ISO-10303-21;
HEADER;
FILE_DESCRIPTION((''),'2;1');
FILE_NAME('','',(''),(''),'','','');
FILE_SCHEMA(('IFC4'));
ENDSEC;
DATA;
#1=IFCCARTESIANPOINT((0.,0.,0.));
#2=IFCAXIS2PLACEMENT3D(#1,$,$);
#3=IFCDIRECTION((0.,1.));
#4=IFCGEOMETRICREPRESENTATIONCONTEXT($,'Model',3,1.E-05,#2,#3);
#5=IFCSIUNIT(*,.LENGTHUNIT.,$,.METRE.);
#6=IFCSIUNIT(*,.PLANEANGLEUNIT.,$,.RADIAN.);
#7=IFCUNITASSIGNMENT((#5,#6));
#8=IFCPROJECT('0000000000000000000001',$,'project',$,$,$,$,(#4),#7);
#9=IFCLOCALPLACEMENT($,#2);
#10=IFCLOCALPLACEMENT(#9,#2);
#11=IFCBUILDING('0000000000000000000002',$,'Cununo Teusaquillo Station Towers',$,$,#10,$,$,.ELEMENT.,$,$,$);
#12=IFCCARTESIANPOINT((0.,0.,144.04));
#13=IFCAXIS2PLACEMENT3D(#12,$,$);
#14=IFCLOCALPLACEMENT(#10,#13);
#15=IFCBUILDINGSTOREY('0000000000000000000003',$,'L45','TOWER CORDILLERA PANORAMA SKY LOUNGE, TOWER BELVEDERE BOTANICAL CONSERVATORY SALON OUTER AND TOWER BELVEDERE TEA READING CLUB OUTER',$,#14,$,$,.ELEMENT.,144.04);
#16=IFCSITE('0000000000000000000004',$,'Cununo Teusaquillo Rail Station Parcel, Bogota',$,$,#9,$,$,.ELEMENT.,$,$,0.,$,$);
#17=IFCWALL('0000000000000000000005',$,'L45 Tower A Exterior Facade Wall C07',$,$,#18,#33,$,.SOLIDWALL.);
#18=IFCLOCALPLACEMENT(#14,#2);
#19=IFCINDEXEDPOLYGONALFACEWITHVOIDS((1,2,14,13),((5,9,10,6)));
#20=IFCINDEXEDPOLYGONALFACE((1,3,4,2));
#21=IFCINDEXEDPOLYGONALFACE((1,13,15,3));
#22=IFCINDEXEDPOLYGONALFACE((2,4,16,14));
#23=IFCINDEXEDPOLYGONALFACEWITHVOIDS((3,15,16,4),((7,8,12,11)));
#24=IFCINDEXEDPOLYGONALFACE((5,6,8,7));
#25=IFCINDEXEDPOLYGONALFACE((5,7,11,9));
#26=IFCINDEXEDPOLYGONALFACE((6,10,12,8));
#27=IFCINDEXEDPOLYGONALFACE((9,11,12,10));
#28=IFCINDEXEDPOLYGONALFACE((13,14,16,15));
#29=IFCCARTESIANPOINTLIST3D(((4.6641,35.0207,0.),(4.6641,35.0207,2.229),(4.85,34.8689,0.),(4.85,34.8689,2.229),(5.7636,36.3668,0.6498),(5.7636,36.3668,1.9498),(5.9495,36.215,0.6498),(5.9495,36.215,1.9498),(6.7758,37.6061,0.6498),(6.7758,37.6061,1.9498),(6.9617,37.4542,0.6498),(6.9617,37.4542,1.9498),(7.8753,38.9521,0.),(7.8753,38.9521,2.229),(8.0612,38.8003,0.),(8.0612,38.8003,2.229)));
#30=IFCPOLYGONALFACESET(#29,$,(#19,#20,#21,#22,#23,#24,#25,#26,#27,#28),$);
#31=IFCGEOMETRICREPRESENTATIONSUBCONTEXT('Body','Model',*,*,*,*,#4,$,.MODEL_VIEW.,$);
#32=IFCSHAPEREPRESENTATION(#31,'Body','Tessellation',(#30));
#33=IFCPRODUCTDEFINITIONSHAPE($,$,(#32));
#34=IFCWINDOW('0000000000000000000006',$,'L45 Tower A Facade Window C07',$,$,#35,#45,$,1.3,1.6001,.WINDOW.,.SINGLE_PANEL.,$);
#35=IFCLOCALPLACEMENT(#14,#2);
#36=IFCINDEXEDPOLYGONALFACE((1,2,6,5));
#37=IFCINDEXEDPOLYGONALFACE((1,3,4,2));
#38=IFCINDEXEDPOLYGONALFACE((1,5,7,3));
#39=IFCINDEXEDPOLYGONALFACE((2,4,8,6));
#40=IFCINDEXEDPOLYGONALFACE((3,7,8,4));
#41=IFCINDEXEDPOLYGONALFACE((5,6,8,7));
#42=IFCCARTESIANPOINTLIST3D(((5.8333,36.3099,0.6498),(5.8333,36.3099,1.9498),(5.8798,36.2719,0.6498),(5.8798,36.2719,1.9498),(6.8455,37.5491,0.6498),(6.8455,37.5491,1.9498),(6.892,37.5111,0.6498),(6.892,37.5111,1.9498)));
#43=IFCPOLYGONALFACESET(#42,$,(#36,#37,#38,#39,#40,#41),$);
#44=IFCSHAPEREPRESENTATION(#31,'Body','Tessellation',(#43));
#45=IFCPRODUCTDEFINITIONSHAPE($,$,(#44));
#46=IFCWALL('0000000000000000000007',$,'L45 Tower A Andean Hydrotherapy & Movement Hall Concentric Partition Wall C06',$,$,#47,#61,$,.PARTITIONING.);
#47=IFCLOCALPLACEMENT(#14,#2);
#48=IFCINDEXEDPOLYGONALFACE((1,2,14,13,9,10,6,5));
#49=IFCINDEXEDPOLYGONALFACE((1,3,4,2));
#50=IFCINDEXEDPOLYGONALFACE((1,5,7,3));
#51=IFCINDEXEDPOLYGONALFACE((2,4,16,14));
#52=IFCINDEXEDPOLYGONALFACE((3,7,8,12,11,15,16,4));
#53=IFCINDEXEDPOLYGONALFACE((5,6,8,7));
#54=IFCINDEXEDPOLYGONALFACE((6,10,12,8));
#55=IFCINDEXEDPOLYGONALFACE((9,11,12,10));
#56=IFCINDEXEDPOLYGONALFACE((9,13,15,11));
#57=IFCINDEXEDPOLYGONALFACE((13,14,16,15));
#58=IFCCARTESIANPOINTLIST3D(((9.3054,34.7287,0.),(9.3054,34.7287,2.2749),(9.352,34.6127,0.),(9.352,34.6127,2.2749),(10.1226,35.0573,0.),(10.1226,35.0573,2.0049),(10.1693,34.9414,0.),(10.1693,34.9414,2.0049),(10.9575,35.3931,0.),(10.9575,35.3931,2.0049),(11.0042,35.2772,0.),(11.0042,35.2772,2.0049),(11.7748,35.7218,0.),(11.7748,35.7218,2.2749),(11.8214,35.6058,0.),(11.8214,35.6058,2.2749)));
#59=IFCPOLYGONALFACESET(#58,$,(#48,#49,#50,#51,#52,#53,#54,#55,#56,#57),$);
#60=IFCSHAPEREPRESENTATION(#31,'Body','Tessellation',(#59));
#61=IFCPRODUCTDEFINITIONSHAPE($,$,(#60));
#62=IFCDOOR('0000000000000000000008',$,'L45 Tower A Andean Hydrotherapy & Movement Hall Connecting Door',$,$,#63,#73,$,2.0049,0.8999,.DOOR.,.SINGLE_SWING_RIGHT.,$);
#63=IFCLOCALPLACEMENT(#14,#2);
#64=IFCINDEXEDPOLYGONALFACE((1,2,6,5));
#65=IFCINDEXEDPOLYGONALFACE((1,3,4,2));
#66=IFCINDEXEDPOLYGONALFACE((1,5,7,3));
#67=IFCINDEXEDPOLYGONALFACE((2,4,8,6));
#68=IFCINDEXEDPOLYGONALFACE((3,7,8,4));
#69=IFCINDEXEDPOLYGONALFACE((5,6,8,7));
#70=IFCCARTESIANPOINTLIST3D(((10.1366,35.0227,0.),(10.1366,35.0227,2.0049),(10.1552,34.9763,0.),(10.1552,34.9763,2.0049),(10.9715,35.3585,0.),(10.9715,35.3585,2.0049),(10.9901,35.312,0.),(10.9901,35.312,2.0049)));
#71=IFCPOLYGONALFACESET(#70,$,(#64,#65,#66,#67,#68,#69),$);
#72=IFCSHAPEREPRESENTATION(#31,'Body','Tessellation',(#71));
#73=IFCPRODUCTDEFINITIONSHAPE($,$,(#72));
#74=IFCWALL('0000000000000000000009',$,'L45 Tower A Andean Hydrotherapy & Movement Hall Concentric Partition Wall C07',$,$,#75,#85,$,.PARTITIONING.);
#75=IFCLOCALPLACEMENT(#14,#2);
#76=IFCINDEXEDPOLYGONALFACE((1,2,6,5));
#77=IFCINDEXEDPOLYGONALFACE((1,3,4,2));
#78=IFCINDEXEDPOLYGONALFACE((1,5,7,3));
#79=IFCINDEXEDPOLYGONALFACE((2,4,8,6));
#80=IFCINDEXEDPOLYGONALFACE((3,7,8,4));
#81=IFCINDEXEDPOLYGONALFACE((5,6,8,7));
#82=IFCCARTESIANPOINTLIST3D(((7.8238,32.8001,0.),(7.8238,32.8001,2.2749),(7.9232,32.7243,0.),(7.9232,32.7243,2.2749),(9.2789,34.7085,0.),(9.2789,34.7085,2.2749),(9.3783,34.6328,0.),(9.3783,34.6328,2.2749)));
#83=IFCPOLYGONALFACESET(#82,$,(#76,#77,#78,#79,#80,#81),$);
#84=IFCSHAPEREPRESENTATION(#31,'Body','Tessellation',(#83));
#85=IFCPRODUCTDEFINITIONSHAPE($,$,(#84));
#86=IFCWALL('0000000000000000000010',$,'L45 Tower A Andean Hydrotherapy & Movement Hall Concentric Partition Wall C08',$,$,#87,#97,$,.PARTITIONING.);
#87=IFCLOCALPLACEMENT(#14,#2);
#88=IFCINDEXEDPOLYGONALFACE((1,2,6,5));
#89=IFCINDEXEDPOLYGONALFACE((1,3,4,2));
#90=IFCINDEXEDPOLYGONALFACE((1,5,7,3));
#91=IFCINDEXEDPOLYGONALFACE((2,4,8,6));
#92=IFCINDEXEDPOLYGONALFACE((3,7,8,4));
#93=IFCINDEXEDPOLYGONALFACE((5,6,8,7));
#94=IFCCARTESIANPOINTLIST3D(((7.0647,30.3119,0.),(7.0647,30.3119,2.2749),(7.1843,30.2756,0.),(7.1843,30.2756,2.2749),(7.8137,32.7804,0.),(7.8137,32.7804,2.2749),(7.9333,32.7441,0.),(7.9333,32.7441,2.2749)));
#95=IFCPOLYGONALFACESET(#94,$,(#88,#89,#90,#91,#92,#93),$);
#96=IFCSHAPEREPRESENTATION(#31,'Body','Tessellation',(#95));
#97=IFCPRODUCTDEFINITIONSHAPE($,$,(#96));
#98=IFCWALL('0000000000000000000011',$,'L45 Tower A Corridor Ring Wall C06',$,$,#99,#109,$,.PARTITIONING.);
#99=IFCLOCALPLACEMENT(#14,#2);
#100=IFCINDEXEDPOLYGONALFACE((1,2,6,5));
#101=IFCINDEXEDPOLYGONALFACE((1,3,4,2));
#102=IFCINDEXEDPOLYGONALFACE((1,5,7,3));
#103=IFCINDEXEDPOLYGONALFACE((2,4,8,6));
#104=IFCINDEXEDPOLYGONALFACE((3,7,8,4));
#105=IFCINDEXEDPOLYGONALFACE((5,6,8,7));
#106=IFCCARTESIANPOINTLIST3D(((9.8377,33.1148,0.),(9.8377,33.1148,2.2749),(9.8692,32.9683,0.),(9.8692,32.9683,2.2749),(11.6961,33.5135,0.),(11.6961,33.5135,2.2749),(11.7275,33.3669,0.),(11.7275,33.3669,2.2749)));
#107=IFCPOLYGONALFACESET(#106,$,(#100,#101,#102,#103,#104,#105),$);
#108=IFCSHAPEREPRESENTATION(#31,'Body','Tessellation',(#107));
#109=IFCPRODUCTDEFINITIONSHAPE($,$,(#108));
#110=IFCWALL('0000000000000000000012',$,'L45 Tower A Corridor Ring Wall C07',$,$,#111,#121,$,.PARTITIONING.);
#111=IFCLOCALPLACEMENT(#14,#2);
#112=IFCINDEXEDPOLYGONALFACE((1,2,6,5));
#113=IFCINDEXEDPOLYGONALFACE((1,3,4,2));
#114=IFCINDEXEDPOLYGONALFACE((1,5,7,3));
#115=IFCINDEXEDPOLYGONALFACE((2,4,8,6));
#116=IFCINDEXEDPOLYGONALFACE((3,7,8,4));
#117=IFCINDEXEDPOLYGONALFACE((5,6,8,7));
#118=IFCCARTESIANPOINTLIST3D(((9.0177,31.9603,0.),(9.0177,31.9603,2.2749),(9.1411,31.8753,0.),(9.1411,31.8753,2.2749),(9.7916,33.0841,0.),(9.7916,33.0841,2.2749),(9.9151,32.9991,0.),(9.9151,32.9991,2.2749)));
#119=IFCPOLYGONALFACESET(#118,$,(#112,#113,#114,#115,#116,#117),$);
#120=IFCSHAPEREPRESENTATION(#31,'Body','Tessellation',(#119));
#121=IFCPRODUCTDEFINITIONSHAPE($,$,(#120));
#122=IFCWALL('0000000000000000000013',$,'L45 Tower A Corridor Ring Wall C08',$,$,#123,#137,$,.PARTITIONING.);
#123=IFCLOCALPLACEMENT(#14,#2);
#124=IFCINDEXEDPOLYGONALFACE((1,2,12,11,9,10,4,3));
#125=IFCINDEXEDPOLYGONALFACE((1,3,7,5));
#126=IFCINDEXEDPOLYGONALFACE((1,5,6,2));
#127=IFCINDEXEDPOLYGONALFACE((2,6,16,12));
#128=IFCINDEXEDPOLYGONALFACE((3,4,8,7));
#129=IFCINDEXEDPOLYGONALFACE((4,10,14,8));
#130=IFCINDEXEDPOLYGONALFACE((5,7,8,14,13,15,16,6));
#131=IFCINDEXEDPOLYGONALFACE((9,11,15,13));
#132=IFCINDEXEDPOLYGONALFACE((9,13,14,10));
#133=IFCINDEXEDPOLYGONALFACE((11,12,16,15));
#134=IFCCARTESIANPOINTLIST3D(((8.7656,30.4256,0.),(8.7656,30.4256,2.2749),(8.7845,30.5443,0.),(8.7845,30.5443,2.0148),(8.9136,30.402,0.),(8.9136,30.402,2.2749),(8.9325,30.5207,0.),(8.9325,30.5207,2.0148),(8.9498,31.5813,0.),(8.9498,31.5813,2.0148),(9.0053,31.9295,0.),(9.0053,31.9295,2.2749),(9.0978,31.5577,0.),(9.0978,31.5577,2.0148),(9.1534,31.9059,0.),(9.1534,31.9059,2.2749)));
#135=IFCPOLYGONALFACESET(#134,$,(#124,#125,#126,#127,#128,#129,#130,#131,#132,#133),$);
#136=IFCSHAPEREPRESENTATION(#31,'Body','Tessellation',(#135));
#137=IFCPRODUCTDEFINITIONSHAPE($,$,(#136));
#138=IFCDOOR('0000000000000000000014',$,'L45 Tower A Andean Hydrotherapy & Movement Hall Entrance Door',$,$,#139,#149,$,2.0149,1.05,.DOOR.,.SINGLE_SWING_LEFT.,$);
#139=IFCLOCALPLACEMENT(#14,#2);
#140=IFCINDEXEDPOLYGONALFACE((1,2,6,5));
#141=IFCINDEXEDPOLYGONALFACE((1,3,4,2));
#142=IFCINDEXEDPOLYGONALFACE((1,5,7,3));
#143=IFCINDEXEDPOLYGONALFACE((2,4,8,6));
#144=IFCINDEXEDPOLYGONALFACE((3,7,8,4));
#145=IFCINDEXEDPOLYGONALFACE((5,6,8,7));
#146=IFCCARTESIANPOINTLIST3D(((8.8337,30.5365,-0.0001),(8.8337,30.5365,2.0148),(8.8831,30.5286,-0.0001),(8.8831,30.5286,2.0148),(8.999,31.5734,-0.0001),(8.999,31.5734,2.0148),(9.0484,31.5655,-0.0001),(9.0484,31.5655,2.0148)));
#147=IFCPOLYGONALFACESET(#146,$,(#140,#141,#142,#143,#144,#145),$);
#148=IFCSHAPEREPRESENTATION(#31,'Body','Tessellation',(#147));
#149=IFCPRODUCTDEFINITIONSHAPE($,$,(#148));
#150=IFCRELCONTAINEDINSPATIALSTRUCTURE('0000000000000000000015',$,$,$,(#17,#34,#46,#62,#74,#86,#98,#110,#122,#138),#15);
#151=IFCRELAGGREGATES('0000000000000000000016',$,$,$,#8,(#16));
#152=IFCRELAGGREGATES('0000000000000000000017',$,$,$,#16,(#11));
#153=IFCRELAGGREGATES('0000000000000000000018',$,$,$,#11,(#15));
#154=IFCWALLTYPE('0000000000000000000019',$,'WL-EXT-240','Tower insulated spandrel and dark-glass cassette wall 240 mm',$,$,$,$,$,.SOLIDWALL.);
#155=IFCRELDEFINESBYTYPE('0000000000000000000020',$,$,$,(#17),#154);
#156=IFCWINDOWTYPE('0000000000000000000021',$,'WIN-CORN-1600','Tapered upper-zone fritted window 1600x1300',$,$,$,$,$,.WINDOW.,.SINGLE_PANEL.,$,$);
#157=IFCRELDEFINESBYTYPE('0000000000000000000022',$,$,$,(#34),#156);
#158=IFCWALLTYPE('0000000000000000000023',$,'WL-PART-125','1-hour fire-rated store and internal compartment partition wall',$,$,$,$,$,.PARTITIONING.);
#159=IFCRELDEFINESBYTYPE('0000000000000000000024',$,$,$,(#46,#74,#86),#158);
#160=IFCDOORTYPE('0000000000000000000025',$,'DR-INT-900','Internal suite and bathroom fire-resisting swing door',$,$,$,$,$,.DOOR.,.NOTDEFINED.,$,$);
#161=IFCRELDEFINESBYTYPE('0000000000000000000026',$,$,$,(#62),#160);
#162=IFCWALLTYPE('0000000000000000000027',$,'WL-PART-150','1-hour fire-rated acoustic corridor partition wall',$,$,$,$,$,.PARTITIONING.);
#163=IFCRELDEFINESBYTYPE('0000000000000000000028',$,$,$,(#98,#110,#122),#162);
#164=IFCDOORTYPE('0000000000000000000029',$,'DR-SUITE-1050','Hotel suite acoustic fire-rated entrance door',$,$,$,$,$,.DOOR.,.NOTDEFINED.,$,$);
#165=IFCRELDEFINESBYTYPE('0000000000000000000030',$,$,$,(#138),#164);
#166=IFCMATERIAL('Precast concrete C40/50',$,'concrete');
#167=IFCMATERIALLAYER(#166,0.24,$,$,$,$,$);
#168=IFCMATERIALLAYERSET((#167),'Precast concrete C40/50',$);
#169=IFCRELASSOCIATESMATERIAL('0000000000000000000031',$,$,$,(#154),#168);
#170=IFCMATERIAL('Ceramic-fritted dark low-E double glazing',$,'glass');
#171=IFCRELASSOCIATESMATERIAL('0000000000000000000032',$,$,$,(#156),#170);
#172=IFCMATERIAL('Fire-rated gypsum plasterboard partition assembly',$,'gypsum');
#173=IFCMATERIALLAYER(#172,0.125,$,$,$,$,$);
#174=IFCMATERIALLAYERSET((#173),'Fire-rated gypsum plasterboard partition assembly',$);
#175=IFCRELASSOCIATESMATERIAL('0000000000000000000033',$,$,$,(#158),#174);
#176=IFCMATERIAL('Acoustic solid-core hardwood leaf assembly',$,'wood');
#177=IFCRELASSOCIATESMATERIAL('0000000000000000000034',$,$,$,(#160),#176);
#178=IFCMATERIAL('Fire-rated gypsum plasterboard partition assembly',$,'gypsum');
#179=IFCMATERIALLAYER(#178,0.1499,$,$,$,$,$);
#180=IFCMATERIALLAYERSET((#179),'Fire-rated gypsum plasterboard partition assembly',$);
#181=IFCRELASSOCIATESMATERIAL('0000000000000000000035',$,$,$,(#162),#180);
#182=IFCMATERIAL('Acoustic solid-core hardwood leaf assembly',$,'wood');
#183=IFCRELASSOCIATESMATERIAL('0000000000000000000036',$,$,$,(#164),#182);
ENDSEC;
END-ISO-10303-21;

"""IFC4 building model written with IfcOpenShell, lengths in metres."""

from ifc_helpers import new_model, si_unit, direction, frame, frame_2d, origin, place, context, subcontext, project, spatial, rectangle, extrude, source, transform, mapped, material, layer, layer_set, type_object, element, fill, save


model = new_model("IFC4")

# Units and contexts
model_context = context("Model", 3, precision=1e-05, world=origin(), true_north=direction((0.0, 1.0)))
body_context = subcontext(model_context, "Body", "Model", "MODEL_VIEW")
ifc_project = project(units=[si_unit("LENGTHUNIT", "METRE"), si_unit("PLANEANGLEUNIT", "RADIAN")], contexts=[model_context])

# Site, building, storey
site_placement = place(None, origin())
site = spatial("IfcSite", under=ifc_project, at=site_placement, Name="Cununo Teusaquillo Rail Station Parcel, Bogota", CompositionType="ELEMENT", RefElevation=0.0)
building_placement = place(site_placement, origin())
building = spatial("IfcBuilding", under=site, at=building_placement, Name="Cununo Teusaquillo Station Towers", CompositionType="ELEMENT")
storey_placement = place(building_placement, frame((0.0, 0.0, 144.04)))
storey = spatial("IfcBuildingStorey", under=building, at=storey_placement, Name="L45", Description="TOWER CORDILLERA PANORAMA SKY LOUNGE, TOWER BELVEDERE BOTANICAL CONSERVATORY SALON OUTER AND TOWER BELVEDERE TEA READING CLUB OUTER", CompositionType="ELEMENT", Elevation=144.04)

# Shared definitions
ifc_material_1 = material(Name="Precast concrete C40/50", Category="concrete")
ifc_layer_1 = layer(ifc_material_1, 0.24)
ifc_layer_set_1 = layer_set([ifc_layer_1], Name="Precast concrete C40/50")
wall_type_1 = type_object("IfcWallType", Name="WL-EXT-240", Description="Tower insulated spandrel and dark-glass cassette wall 240 mm", PredefinedType="SOLIDWALL", material=ifc_layer_set_1)

# Wall, opening, window
wall_1_placement = place(storey_placement, frame((4.7571, 34.9448, 0.0), z_axis=(0.0, 0.0, 1.0), x_axis=(0.632599, 0.77448, 0.0)))
wall_1 = element("IfcWall", 1, at=wall_1_placement, inside=storey, type_object=wall_type_1, Name="L45 Tower A Exterior Facade Wall C07", PredefinedType="SOLIDWALL", context=body_context, shape_type="SweptSolid", body=[
    extrude(rectangle(XDim=5.0762, YDim=0.24, at=frame_2d((2.5381, 0.0))), origin(), (0.0, 0.0, 1.0), 2.229),
])
shared_shape_1 = source(origin(), body_context, "Body", "SweptSolid", [
    extrude(rectangle(XDim=1.6001, YDim=1.3, at=frame_2d((0.8, 0.6499))), frame((0.0, 0.1299, 0.0), z_axis=(0.0, -1.0, 0.0), x_axis=(1.0, 0.0, 0.0)), (0.0, 0.0, 1.0), 0.26),
])
opening_1_placement = place(wall_1_placement, frame((1.738, 0.0, 0.6499)))
opening_1 = element("IfcOpeningElement", 2, at=opening_1_placement, cuts=wall_1, PredefinedType="OPENING", context=body_context, shape_type="MappedRepresentation", body=[
    mapped(shared_shape_1, transform((0.0, 0.0, 0.0), x_axis=(1.0, 0.0, 0.0), y_axis=(0.0, 1.0, 0.0), z_axis=(0.0, 0.0, 1.0), scale=1.0)),
])
ifc_material_2 = material(Name="Ceramic-fritted dark low-E double glazing", Category="glass")
window_type = type_object("IfcWindowType", Name="WIN-CORN-1600", Description="Tapered upper-zone fritted window 1600x1300", PartitioningType="SINGLE_PANEL", PredefinedType="WINDOW", material=ifc_material_2)
shared_shape_2 = source(origin(), body_context, "Body", "SweptSolid", [
    extrude(rectangle(XDim=1.6001, YDim=1.3, at=frame_2d((0.8, 0.6499))), frame((0.0, 0.03, 0.0), z_axis=(0.0, -1.0, 0.0), x_axis=(1.0, 0.0, 0.0)), (0.0, 0.0, 1.0), 0.0601),
])
window_placement = place(opening_1_placement, origin())
window = element("IfcWindow", 3, at=window_placement, inside=storey, type_object=window_type, Name="L45 Tower A Facade Window C07", OverallHeight=1.3, OverallWidth=1.6001, PartitioningType="SINGLE_PANEL", PredefinedType="WINDOW", context=body_context, shape_type="MappedRepresentation", body=[
    mapped(shared_shape_2, transform((0.0, 0.0, 0.0), x_axis=(1.0, 0.0, 0.0), y_axis=(0.0, 1.0, 0.0), z_axis=(0.0, 0.0, 1.0), scale=1.0)),
])
fill(opening_1, window)

# Wall, opening, door
ifc_material_3 = material(Name="Fire-rated gypsum plasterboard partition assembly", Category="gypsum")
ifc_layer_2 = layer(ifc_material_3, 0.125)
ifc_layer_set_2 = layer_set([ifc_layer_2], Name="Fire-rated gypsum plasterboard partition assembly")
wall_type_2 = type_object("IfcWallType", Name="WL-PART-125", Description="1-hour fire-rated store and internal compartment partition wall", PredefinedType="PARTITIONING", material=ifc_layer_set_2)
wall_2_placement = place(storey_placement, frame((11.7981, 35.6638, 0.0), z_axis=(0.0, 0.0, 1.0), x_axis=(-0.927779, -0.37313, 0.0)))
wall_2 = element("IfcWall", 4, at=wall_2_placement, inside=storey, type_object=wall_type_2, Name="L45 Tower A Andean Hydrotherapy & Movement Hall Concentric Partition Wall C06", PredefinedType="PARTITIONING", context=body_context, shape_type="SweptSolid", body=[
    extrude(rectangle(XDim=2.6616, YDim=0.125, at=frame_2d((1.3308, 0.0))), origin(), (0.0, 0.0, 1.0), 2.2749),
])
shared_shape_3 = source(origin(), body_context, "Body", "SweptSolid", [
    extrude(rectangle(XDim=0.8999, YDim=2.0049, at=frame_2d((0.45, 1.0024))), frame((0.0, 0.0725, 0.0), z_axis=(0.0, -1.0, 0.0), x_axis=(1.0, 0.0, 0.0)), (0.0, 0.0, 1.0), 0.145),
])
opening_2_placement = place(wall_2_placement, frame((0.8809, 0.0, 0.0)))
opening_2 = element("IfcOpeningElement", 5, at=opening_2_placement, cuts=wall_2, PredefinedType="OPENING", context=body_context, shape_type="MappedRepresentation", body=[
    mapped(shared_shape_3, transform((0.0, 0.0, 0.0), x_axis=(1.0, 0.0, 0.0), y_axis=(0.0, 1.0, 0.0), z_axis=(0.0, 0.0, 1.0), scale=1.0)),
])
ifc_material_4 = material(Name="Acoustic solid-core hardwood leaf assembly", Category="wood")
door_type_1 = type_object("IfcDoorType", Name="DR-INT-900", Description="Internal suite and bathroom fire-resisting swing door", OperationType="NOTDEFINED", PredefinedType="DOOR", material=ifc_material_4)
shared_shape_4 = source(origin(), body_context, "Body", "SweptSolid", [
    extrude(rectangle(XDim=0.8999, YDim=2.0049, at=frame_2d((0.45, 1.0024))), frame((0.0, 0.0249, 0.0), z_axis=(0.0, -1.0, 0.0), x_axis=(1.0, 0.0, 0.0)), (0.0, 0.0, 1.0), 0.05),
])
door_1_placement = place(opening_2_placement, origin())
door_1 = element("IfcDoor", 6, at=door_1_placement, inside=storey, type_object=door_type_1, Name="L45 Tower A Andean Hydrotherapy & Movement Hall Connecting Door", OperationType="SINGLE_SWING_RIGHT", OverallHeight=2.0049, OverallWidth=0.8999, PredefinedType="DOOR", context=body_context, shape_type="MappedRepresentation", body=[
    mapped(shared_shape_4, transform((0.0, 0.0, 0.0), x_axis=(1.0, 0.0, 0.0), y_axis=(0.0, 1.0, 0.0), z_axis=(0.0, 0.0, 1.0), scale=1.0)),
])
fill(opening_2, door_1)

# Walls
wall_3_placement = place(storey_placement, frame((9.3286, 34.6707, 0.0), z_axis=(0.0, 0.0, 1.0), x_axis=(-0.606313, -0.795226, 0.0)))
element("IfcWall", 7, at=wall_3_placement, inside=storey, type_object=wall_type_2, Name="L45 Tower A Andean Hydrotherapy & Movement Hall Concentric Partition Wall C07", PredefinedType="PARTITIONING", context=body_context, shape_type="SweptSolid", body=[
    extrude(rectangle(XDim=2.3999, YDim=0.125, at=frame_2d((1.2, 0.0))), origin(), (0.0, 0.0, 1.0), 2.2749),
])
wall_4_placement = place(storey_placement, frame((7.8735, 32.7622, 0.0), z_axis=(0.0, 0.0, 1.0), x_axis=(-0.290359, -0.956918, 0.0)))
element("IfcWall", 8, at=wall_4_placement, inside=storey, type_object=wall_type_2, Name="L45 Tower A Andean Hydrotherapy & Movement Hall Concentric Partition Wall C08", PredefinedType="PARTITIONING", context=body_context, shape_type="SweptSolid", body=[
    extrude(rectangle(XDim=2.5796, YDim=0.125, at=frame_2d((1.2898, 0.0))), origin(), (0.0, 0.0, 1.0), 2.2749),
])
ifc_material_5 = material(Name="Fire-rated gypsum plasterboard partition assembly", Category="gypsum")
ifc_layer_3 = layer(ifc_material_5, 0.1499)
ifc_layer_set_3 = layer_set([ifc_layer_3], Name="Fire-rated gypsum plasterboard partition assembly")
wall_type_3 = type_object("IfcWallType", Name="WL-PART-150", Description="1-hour fire-rated acoustic corridor partition wall", PredefinedType="PARTITIONING", material=ifc_layer_set_3)
wall_5_placement = place(storey_placement, frame((11.7117, 33.4402, 0.0), z_axis=(0.0, 0.0, 1.0), x_axis=(-0.977754, -0.209757, 0.0)))
element("IfcWall", 9, at=wall_5_placement, inside=storey, type_object=wall_type_3, Name="L45 Tower A Corridor Ring Wall C06", PredefinedType="PARTITIONING", context=body_context, shape_type="SweptSolid", body=[
    extrude(rectangle(XDim=1.9006, YDim=0.1499, at=frame_2d((0.9502, 0.0))), origin(), (0.0, 0.0, 1.0), 2.2749),
])
wall_6_placement = place(storey_placement, frame((9.8533, 33.0415, 0.0), z_axis=(0.0, 0.0, 1.0), x_axis=(-0.567189, -0.823587, 0.0)))
element("IfcWall", 10, at=wall_6_placement, inside=storey, type_object=wall_type_3, Name="L45 Tower A Corridor Ring Wall C07", PredefinedType="PARTITIONING", context=body_context, shape_type="SweptSolid", body=[
    extrude(rectangle(XDim=1.3645, YDim=0.1499, at=frame_2d((0.6821, 0.0))), origin(), (0.0, 0.0, 1.0), 2.2749),
])

# Wall, opening, door
wall_7_placement = place(storey_placement, frame((9.0793, 31.9177, 0.0), z_axis=(0.0, 0.0, 1.0), x_axis=(-0.157428, -0.987531, 0.0)))
wall_7 = element("IfcWall", 11, at=wall_7_placement, inside=storey, type_object=wall_type_3, Name="L45 Tower A Corridor Ring Wall C08", PredefinedType="PARTITIONING", context=body_context, shape_type="SweptSolid", body=[
    extrude(rectangle(XDim=1.5229, YDim=0.1499, at=frame_2d((0.7615, 0.0))), origin(), (0.0, 0.0, 1.0), 2.2749),
])
shared_shape_5 = source(origin(), body_context, "Body", "SweptSolid", [
    extrude(rectangle(XDim=1.05, YDim=2.0149, at=frame_2d((0.5249, 1.0073))), frame((0.0, 0.085, 0.0), z_axis=(0.0, -1.0, 0.0), x_axis=(1.0, 0.0, 0.0)), (0.0, 0.0, 1.0), 0.1699),
])
opening_3_placement = place(wall_7_placement, frame((0.3528, 0.0, 0.0)))
opening_3 = element("IfcOpeningElement", 12, at=opening_3_placement, cuts=wall_7, PredefinedType="OPENING", context=body_context, shape_type="MappedRepresentation", body=[
    mapped(shared_shape_5, transform((0.0, 0.0, 0.0), x_axis=(1.0, 0.0, 0.0), y_axis=(0.0, 1.0, 0.0), z_axis=(0.0, 0.0, 1.0), scale=1.0)),
])
ifc_material_6 = material(Name="Acoustic solid-core hardwood leaf assembly", Category="wood")
door_type_2 = type_object("IfcDoorType", Name="DR-SUITE-1050", Description="Hotel suite acoustic fire-rated entrance door", OperationType="NOTDEFINED", PredefinedType="DOOR", material=ifc_material_6)
shared_shape_6 = source(origin(), body_context, "Body", "SweptSolid", [
    extrude(rectangle(XDim=1.05, YDim=2.0149, at=frame_2d((0.5249, 1.0073))), frame((0.0, 0.0249, 0.0), z_axis=(0.0, -1.0, 0.0), x_axis=(1.0, 0.0, 0.0)), (0.0, 0.0, 1.0), 0.05),
])
door_2_placement = place(opening_3_placement, origin())
door_2 = element("IfcDoor", 13, at=door_2_placement, inside=storey, type_object=door_type_2, Name="L45 Tower A Andean Hydrotherapy & Movement Hall Entrance Door", OperationType="SINGLE_SWING_LEFT", OverallHeight=2.0149, OverallWidth=1.05, PredefinedType="DOOR", context=body_context, shape_type="MappedRepresentation", body=[
    mapped(shared_shape_6, transform((0.0, 0.0, 0.0), x_axis=(1.0, 0.0, 0.0), y_axis=(0.0, 1.0, 0.0), z_axis=(0.0, 0.0, 1.0), scale=1.0)),
])
fill(opening_3, door_2)

save(model, "model.ifc")
